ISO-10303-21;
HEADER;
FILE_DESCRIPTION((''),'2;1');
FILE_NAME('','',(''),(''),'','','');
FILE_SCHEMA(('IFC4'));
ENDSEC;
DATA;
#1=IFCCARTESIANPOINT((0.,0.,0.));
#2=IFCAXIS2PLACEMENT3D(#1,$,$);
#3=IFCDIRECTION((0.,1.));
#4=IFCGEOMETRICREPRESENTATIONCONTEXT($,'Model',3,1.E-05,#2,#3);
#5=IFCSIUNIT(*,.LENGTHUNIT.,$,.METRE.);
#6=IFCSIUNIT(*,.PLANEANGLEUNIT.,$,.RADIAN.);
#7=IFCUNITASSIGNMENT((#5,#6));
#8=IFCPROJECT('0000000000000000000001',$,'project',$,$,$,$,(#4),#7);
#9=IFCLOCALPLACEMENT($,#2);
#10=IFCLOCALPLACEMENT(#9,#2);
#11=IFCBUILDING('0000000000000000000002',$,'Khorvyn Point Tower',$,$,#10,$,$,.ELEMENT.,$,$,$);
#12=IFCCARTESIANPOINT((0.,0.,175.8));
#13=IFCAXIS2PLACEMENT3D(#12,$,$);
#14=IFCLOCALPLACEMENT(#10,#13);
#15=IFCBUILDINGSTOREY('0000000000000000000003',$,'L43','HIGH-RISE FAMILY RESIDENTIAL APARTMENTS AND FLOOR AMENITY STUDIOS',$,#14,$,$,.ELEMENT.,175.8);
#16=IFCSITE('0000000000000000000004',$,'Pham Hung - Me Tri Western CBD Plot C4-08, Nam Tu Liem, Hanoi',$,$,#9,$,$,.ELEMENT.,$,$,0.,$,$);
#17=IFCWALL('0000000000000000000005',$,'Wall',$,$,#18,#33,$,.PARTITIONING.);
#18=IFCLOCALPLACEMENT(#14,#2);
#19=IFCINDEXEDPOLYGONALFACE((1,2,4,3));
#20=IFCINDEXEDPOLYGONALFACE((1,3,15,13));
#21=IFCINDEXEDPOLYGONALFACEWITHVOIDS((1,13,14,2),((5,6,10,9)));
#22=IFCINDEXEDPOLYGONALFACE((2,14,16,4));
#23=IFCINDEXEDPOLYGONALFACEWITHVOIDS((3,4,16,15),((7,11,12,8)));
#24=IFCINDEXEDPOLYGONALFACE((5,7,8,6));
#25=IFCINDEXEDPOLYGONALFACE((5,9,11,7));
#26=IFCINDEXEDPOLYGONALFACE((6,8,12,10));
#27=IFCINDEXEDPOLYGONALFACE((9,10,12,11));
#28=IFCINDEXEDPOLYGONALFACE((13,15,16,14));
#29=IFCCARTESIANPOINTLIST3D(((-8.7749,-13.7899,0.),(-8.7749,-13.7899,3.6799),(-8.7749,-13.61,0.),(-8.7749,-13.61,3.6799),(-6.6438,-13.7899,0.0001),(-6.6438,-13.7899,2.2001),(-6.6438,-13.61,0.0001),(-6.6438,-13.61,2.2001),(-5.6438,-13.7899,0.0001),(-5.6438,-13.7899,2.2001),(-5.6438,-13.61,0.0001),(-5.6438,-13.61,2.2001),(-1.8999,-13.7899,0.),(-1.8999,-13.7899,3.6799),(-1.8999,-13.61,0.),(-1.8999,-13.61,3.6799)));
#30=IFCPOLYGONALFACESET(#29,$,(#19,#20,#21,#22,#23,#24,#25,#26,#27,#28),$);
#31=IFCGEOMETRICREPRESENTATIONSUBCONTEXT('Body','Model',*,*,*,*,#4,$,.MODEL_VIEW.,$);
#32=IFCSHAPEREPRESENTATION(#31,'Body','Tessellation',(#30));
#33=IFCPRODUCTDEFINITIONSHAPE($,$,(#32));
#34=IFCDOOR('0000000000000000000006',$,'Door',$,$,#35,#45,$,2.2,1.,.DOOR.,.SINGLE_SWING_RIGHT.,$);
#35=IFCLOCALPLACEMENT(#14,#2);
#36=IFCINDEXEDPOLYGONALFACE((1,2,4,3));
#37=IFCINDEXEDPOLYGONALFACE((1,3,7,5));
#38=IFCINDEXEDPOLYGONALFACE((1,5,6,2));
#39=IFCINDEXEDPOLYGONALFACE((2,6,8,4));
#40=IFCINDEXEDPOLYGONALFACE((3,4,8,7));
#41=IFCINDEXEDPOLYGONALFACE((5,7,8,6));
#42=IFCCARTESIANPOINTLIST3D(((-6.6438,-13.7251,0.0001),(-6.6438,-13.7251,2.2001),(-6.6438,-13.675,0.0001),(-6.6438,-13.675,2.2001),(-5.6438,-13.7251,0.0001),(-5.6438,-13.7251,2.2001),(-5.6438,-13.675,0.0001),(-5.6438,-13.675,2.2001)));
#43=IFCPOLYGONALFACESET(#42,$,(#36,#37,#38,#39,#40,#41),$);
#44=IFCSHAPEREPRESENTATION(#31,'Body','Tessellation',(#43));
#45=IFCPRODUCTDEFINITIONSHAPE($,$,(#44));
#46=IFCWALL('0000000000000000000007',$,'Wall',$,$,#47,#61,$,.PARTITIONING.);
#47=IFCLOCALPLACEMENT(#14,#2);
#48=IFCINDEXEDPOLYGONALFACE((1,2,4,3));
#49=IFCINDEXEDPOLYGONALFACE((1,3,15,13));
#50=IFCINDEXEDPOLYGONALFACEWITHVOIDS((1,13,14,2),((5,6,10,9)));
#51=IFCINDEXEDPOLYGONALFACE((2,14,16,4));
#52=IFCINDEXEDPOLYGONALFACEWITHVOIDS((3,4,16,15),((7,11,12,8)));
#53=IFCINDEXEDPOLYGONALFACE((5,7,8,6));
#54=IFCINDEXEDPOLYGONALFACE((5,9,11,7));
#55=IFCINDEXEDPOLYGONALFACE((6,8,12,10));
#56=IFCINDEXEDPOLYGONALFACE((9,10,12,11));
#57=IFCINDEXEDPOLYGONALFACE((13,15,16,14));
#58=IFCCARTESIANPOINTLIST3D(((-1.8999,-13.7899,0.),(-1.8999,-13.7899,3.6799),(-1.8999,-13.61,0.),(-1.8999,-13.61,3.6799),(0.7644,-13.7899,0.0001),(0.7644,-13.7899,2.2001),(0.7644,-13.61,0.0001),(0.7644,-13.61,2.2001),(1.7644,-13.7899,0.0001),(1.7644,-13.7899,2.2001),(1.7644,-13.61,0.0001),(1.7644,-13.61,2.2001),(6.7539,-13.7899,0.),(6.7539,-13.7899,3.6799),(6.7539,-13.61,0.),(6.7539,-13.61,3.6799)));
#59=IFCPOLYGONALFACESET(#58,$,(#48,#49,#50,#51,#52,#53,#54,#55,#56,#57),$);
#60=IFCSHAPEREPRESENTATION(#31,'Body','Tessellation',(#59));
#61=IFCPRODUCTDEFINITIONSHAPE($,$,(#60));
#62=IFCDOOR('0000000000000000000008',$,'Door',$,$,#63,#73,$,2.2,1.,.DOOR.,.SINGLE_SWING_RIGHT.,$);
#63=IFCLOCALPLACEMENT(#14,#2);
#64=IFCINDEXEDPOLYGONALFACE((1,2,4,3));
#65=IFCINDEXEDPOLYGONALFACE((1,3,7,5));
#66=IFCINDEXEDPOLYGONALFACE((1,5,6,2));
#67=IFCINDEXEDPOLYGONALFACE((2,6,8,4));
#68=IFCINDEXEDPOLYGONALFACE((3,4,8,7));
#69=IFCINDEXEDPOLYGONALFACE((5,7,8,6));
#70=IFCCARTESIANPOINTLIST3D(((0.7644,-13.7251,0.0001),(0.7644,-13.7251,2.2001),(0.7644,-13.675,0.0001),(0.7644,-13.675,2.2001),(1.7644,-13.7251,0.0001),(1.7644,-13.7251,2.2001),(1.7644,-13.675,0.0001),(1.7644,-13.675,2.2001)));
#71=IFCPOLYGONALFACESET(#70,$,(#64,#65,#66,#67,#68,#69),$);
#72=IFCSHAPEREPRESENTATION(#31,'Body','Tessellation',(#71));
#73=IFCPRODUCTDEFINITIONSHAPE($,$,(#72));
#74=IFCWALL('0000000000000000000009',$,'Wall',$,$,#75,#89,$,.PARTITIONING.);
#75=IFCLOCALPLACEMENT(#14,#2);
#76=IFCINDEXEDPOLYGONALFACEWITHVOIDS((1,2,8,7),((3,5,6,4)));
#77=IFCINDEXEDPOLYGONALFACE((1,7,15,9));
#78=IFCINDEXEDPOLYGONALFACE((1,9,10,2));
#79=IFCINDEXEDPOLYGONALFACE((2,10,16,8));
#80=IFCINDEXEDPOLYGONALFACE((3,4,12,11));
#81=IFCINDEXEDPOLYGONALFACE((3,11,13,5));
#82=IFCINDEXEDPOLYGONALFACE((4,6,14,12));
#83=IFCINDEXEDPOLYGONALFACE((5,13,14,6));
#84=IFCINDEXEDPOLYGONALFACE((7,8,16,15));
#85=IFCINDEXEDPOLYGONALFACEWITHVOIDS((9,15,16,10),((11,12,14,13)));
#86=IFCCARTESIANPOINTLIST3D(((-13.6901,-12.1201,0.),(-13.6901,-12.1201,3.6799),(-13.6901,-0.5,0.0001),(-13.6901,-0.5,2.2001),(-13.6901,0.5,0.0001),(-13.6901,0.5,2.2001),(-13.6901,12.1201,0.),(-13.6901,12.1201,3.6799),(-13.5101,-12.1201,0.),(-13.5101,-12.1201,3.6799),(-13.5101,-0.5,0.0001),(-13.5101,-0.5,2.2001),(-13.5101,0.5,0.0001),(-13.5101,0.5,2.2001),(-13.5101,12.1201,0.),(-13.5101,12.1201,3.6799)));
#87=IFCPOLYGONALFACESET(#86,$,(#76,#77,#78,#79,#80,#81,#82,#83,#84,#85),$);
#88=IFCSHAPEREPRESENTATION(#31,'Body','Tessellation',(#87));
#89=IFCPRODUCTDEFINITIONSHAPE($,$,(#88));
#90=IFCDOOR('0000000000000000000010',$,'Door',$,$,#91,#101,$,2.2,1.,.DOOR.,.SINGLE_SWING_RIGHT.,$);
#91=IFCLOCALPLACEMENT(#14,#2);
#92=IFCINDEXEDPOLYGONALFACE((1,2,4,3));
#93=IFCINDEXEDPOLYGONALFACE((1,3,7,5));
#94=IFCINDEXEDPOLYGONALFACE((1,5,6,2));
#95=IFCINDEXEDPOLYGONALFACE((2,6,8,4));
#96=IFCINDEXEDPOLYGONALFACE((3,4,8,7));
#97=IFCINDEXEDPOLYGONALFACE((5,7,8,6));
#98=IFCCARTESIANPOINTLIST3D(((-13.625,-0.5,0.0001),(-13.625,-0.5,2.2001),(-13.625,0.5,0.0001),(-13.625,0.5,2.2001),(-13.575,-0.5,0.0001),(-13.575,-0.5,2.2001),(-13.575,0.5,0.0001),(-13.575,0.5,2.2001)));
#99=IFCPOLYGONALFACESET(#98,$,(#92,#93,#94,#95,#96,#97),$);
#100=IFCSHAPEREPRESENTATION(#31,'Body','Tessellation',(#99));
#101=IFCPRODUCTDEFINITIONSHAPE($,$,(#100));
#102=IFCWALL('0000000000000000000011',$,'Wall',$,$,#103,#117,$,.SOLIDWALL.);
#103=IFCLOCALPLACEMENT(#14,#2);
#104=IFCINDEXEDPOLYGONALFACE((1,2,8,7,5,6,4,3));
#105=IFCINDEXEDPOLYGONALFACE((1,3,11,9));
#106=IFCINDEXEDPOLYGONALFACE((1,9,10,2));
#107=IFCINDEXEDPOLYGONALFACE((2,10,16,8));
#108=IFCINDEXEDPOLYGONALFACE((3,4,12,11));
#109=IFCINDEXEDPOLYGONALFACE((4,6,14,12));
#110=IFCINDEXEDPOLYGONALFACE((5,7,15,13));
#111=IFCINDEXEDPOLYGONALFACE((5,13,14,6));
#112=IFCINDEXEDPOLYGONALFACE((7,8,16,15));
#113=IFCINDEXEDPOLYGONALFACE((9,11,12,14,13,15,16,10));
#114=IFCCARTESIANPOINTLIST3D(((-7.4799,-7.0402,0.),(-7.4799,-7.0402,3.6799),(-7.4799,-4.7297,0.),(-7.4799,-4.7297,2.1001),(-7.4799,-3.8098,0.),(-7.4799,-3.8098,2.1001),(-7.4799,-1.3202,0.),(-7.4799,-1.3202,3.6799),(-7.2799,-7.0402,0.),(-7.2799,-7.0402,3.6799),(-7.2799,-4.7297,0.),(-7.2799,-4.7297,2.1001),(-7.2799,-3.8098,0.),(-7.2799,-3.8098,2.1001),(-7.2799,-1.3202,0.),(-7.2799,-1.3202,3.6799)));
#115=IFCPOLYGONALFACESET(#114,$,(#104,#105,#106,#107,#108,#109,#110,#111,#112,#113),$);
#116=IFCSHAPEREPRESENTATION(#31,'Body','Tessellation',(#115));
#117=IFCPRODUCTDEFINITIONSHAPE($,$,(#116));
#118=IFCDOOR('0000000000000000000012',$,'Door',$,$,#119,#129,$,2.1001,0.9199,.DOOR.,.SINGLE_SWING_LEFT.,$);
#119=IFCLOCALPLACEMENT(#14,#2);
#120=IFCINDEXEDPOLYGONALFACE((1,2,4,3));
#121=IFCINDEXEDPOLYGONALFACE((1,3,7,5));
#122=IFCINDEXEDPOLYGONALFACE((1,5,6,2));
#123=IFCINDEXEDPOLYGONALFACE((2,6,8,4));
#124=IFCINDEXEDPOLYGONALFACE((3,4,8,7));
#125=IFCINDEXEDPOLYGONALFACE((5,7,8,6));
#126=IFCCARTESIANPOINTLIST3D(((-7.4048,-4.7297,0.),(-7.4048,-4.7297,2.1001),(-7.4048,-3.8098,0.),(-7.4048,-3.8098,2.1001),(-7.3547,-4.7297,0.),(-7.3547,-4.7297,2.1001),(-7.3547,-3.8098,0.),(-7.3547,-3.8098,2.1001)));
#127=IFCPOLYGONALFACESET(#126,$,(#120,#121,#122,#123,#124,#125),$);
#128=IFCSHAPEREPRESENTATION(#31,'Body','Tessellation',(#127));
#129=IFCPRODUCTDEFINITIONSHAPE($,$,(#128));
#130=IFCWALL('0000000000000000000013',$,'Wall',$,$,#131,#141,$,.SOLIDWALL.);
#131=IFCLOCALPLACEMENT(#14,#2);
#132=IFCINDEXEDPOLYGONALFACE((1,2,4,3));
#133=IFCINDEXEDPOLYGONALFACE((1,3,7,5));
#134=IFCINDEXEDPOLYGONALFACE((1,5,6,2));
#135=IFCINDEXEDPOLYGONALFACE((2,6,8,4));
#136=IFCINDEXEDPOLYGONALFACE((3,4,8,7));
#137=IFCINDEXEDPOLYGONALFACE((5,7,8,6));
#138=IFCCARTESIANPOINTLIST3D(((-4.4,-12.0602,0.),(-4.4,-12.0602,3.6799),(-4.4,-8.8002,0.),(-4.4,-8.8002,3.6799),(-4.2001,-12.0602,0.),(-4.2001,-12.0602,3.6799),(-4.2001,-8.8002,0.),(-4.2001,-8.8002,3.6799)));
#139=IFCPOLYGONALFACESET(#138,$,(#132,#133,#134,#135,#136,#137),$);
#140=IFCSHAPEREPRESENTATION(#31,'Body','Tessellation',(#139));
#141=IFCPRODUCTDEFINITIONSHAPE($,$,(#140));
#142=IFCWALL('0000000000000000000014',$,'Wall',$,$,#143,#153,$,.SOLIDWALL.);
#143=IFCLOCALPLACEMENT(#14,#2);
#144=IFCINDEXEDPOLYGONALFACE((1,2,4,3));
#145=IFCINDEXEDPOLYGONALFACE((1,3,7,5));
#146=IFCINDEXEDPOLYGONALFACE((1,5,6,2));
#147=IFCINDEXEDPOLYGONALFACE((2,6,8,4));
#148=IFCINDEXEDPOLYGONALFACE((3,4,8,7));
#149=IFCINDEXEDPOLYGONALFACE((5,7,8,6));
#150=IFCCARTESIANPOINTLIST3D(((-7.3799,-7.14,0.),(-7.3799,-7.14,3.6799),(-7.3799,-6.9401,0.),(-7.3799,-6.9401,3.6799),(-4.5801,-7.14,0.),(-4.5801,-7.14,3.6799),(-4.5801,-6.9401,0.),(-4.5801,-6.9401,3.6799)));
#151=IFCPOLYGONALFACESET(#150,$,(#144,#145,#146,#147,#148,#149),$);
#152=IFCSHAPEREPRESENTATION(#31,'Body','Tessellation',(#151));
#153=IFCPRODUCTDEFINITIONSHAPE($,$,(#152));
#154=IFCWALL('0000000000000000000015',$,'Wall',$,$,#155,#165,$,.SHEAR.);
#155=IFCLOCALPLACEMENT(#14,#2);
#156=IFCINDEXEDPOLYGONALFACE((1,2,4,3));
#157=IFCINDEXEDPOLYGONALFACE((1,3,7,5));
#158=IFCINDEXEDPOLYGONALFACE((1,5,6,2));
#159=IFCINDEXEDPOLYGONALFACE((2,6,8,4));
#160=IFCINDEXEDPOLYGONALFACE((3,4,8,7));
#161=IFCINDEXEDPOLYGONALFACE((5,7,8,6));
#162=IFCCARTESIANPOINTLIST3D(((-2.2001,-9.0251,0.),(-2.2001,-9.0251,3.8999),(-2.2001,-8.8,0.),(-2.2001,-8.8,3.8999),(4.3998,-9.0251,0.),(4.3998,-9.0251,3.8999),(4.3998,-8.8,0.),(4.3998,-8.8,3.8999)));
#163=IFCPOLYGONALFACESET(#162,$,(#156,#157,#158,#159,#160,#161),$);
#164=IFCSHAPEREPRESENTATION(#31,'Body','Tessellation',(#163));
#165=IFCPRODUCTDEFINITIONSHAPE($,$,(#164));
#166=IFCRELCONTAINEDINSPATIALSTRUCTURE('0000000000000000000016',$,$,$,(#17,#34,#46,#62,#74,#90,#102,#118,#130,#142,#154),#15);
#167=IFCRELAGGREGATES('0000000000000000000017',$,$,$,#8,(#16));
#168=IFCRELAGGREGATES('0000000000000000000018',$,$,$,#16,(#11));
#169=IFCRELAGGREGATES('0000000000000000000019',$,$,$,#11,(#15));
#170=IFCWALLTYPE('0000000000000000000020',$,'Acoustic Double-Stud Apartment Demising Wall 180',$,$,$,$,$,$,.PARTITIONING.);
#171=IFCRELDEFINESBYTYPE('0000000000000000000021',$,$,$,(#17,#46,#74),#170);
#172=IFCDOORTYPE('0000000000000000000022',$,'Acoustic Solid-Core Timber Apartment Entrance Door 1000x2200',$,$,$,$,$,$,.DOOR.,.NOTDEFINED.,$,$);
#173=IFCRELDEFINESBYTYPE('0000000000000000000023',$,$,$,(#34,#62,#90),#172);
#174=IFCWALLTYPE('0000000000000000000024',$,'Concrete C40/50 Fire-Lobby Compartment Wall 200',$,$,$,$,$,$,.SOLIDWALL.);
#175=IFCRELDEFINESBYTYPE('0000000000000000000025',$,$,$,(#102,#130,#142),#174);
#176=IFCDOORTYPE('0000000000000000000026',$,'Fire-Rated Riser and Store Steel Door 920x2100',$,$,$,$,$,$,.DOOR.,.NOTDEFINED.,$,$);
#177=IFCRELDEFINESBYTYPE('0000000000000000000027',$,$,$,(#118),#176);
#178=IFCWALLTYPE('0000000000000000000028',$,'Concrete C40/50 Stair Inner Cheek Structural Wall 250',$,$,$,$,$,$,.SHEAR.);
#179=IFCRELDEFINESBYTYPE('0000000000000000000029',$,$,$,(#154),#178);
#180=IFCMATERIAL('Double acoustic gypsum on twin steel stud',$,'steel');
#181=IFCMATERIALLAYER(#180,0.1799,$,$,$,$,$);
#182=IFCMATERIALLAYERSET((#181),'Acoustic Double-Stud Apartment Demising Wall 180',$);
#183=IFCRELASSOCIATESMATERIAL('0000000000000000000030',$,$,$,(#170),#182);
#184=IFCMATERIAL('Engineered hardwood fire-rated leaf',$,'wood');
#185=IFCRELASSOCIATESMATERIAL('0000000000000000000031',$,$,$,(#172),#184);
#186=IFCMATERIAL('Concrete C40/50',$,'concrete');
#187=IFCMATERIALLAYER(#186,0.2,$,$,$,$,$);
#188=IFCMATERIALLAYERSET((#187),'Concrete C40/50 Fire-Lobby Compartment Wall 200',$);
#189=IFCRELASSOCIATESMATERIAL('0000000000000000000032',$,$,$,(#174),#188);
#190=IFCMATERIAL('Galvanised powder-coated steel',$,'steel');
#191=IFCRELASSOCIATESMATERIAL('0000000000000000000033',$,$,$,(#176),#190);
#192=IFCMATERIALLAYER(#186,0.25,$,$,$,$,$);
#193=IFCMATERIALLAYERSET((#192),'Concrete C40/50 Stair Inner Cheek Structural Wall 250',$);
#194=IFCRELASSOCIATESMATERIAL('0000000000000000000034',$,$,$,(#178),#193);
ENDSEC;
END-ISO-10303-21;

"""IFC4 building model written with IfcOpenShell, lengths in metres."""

from ifc_helpers import new_model, si_unit, direction, frame, frame_2d, origin, place, context, subcontext, project, spatial, rectangle, extrude, material, layer, layer_set, type_object, element, fill, save


model = new_model("IFC4")

# Units and contexts
model_context = context("Model", 3, precision=1e-05, world=origin(), true_north=direction((0.0, 1.0)))
body_context = subcontext(model_context, "Body", "Model", "MODEL_VIEW")
ifc_project = project(units=[si_unit("LENGTHUNIT", "METRE"), si_unit("PLANEANGLEUNIT", "RADIAN")], contexts=[model_context])

# Site, building, storey
site_placement = place(None, origin())
site = spatial("IfcSite", under=ifc_project, at=site_placement, Name="Pham Hung - Me Tri Western CBD Plot C4-08, Nam Tu Liem, Hanoi", CompositionType="ELEMENT", RefElevation=0.0)
building_placement = place(site_placement, origin())
building = spatial("IfcBuilding", under=site, at=building_placement, Name="Khorvyn Point Tower", CompositionType="ELEMENT")
storey_placement = place(building_placement, frame((0.0, 0.0, 175.8)))
storey = spatial("IfcBuildingStorey", under=building, at=storey_placement, Name="L43", Description="HIGH-RISE FAMILY RESIDENTIAL APARTMENTS AND FLOOR AMENITY STUDIOS", CompositionType="ELEMENT", Elevation=175.8)

# Walls, openings, doors
ifc_material_1 = material(Name="Double acoustic gypsum on twin steel stud", Category="steel")
ifc_layer_1 = layer(ifc_material_1, 0.1799)
ifc_layer_set_1 = layer_set([ifc_layer_1], Name="Acoustic Double-Stud Apartment Demising Wall 180")
wall_type_1 = type_object("IfcWallType", Name="Acoustic Double-Stud Apartment Demising Wall 180", PredefinedType="PARTITIONING", material=ifc_layer_set_1)
wall_1_placement = place(storey_placement, frame((-8.7749, -13.7, 0.0), z_axis=(0.0, 0.0, 1.0), x_axis=(1.0, 0.0, 0.0)))
wall_1 = element("IfcWall", 1, at=wall_1_placement, inside=storey, type_object=wall_type_1, Name="Wall", PredefinedType="PARTITIONING", context=body_context, shape_type="SweptSolid", body=[
    extrude(rectangle(XDim=6.875, YDim=0.1799, at=frame_2d((3.4375, 0.0))), origin(), (0.0, 0.0, 1.0), 3.6799),
])
opening_1_placement = place(wall_1_placement, frame((2.1311, 0.0, 0.0)))
opening_1 = element("IfcOpeningElement", 2, at=opening_1_placement, cuts=wall_1, PredefinedType="OPENING", context=body_context, shape_type="SweptSolid", body=[
    extrude(rectangle(XDim=1.0, YDim=2.2, at=frame_2d((0.5, 1.1001))), frame((0.0, 0.0999, 0.0), z_axis=(0.0, -1.0, 0.0), x_axis=(1.0, 0.0, 0.0)), (0.0, 0.0, 1.0), 0.2),
])
ifc_material_2 = material(Name="Engineered hardwood fire-rated leaf", Category="wood")
door_type_1 = type_object("IfcDoorType", Name="Acoustic Solid-Core Timber Apartment Entrance Door 1000x2200", OperationType="NOTDEFINED", PredefinedType="DOOR", material=ifc_material_2)
door_1_placement = place(opening_1_placement, origin())
door_1 = element("IfcDoor", 3, at=door_1_placement, inside=storey, type_object=door_type_1, Name="Door", OperationType="SINGLE_SWING_RIGHT", OverallHeight=2.2, OverallWidth=1.0, PredefinedType="DOOR", context=body_context, shape_type="SweptSolid", body=[
    extrude(rectangle(XDim=1.0, YDim=2.2, at=frame_2d((0.5, 1.1001))), frame((0.0, 0.0249, 0.0), z_axis=(0.0, -1.0, 0.0), x_axis=(1.0, 0.0, 0.0)), (0.0, 0.0, 1.0), 0.05),
])
fill(opening_1, door_1)
wall_2_placement = place(storey_placement, frame((-1.8999, -13.7, 0.0), z_axis=(0.0, 0.0, 1.0), x_axis=(1.0, 0.0, 0.0)))
wall_2 = element("IfcWall", 4, at=wall_2_placement, inside=storey, type_object=wall_type_1, Name="Wall", PredefinedType="PARTITIONING", context=body_context, shape_type="SweptSolid", body=[
    extrude(rectangle(XDim=8.6538, YDim=0.1799, at=frame_2d((4.3269, 0.0))), origin(), (0.0, 0.0, 1.0), 3.6799),
])
opening_2_placement = place(wall_2_placement, frame((2.6643, 0.0, 0.0)))
opening_2 = element("IfcOpeningElement", 5, at=opening_2_placement, cuts=wall_2, PredefinedType="OPENING", context=body_context, shape_type="SweptSolid", body=[
    extrude(rectangle(XDim=1.0, YDim=2.2, at=frame_2d((0.5, 1.1001))), frame((0.0, 0.0999, 0.0), z_axis=(0.0, -1.0, 0.0), x_axis=(1.0, 0.0, 0.0)), (0.0, 0.0, 1.0), 0.2),
])
door_2_placement = place(opening_2_placement, origin())
door_2 = element("IfcDoor", 6, at=door_2_placement, inside=storey, type_object=door_type_1, Name="Door", OperationType="SINGLE_SWING_RIGHT", OverallHeight=2.2, OverallWidth=1.0, PredefinedType="DOOR", context=body_context, shape_type="SweptSolid", body=[
    extrude(rectangle(XDim=1.0, YDim=2.2, at=frame_2d((0.5, 1.1001))), frame((0.0, 0.0249, 0.0), z_axis=(0.0, -1.0, 0.0), x_axis=(1.0, 0.0, 0.0)), (0.0, 0.0, 1.0), 0.05),
])
fill(opening_2, door_2)
wall_3_placement = place(storey_placement, frame((-13.6001, -12.1201, 0.0), z_axis=(0.0, 0.0, 1.0), x_axis=(0.0, 1.0, 0.0)))
wall_3 = element("IfcWall", 7, at=wall_3_placement, inside=storey, type_object=wall_type_1, Name="Wall", PredefinedType="PARTITIONING", context=body_context, shape_type="SweptSolid", body=[
    extrude(rectangle(XDim=24.2402, YDim=0.1799, at=frame_2d((12.1201, 0.0))), origin(), (0.0, 0.0, 1.0), 3.6799),
])
opening_3_placement = place(wall_3_placement, frame((11.6201, 0.0, 0.0)))
opening_3 = element("IfcOpeningElement", 8, at=opening_3_placement, cuts=wall_3, PredefinedType="OPENING", context=body_context, shape_type="SweptSolid", body=[
    extrude(rectangle(XDim=1.0, YDim=2.2, at=frame_2d((0.5, 1.1001))), frame((0.0, 0.0999, 0.0), z_axis=(0.0, -1.0, 0.0), x_axis=(1.0, 0.0, 0.0)), (0.0, 0.0, 1.0), 0.2),
])
door_3_placement = place(opening_3_placement, origin())
door_3 = element("IfcDoor", 9, at=door_3_placement, inside=storey, type_object=door_type_1, Name="Door", OperationType="SINGLE_SWING_RIGHT", OverallHeight=2.2, OverallWidth=1.0, PredefinedType="DOOR", context=body_context, shape_type="SweptSolid", body=[
    extrude(rectangle(XDim=1.0, YDim=2.2, at=frame_2d((0.5, 1.1001))), frame((0.0, 0.0249, 0.0), z_axis=(0.0, -1.0, 0.0), x_axis=(1.0, 0.0, 0.0)), (0.0, 0.0, 1.0), 0.05),
])
fill(opening_3, door_3)
ifc_material_3 = material(Name="Concrete C40/50", Category="concrete")
ifc_layer_2 = layer(ifc_material_3, 0.2)
ifc_layer_set_2 = layer_set([ifc_layer_2], Name="Concrete C40/50 Fire-Lobby Compartment Wall 200")
wall_type_2 = type_object("IfcWallType", Name="Concrete C40/50 Fire-Lobby Compartment Wall 200", PredefinedType="SOLIDWALL", material=ifc_layer_set_2)
ifc_material_4 = material(Name="Galvanised powder-coated steel", Category="steel")
wall_4_placement = place(storey_placement, frame((-7.3799, -7.04, 0.0), z_axis=(0.0, 0.0, 1.0), x_axis=(0.0, 1.0, 0.0)))
wall_4 = element("IfcWall", 10, at=wall_4_placement, inside=storey, type_object=wall_type_2, Name="Wall", PredefinedType="SOLIDWALL", context=body_context, shape_type="SweptSolid", body=[
    extrude(rectangle(XDim=5.72, YDim=0.2, at=frame_2d((2.8599, 0.0))), origin(), (0.0, 0.0, 1.0), 3.6799),
])
opening_4_placement = place(wall_4_placement, frame((2.3103, 0.0, 0.0)))
opening_4 = element("IfcOpeningElement", 11, at=opening_4_placement, cuts=wall_4, PredefinedType="OPENING", context=body_context, shape_type="SweptSolid", body=[
    extrude(rectangle(XDim=0.9199, YDim=2.1001, at=frame_2d((0.46, 1.05))), frame((0.0, 0.1099, 0.0), z_axis=(0.0, -1.0, 0.0), x_axis=(1.0, 0.0, 0.0)), (0.0, 0.0, 1.0), 0.22),
])
door_type_2 = type_object("IfcDoorType", Name="Fire-Rated Riser and Store Steel Door 920x2100", OperationType="NOTDEFINED", PredefinedType="DOOR", material=ifc_material_4)
door_4_placement = place(opening_4_placement, origin())
door_4 = element("IfcDoor", 12, at=door_4_placement, inside=storey, type_object=door_type_2, Name="Door", OperationType="SINGLE_SWING_LEFT", OverallHeight=2.1001, OverallWidth=0.9199, PredefinedType="DOOR", context=body_context, shape_type="SweptSolid", body=[
    extrude(rectangle(XDim=0.9199, YDim=2.1001, at=frame_2d((0.46, 1.05))), frame((0.0, 0.0249, 0.0), z_axis=(0.0, -1.0, 0.0), x_axis=(1.0, 0.0, 0.0)), (0.0, 0.0, 1.0), 0.05),
])
fill(opening_4, door_4)

# Walls
wall_5_placement = place(storey_placement, frame((-4.3, -12.0601, 0.0), z_axis=(0.0, 0.0, 1.0), x_axis=(0.0, 1.0, 0.0)))
element("IfcWall", 13, at=wall_5_placement, inside=storey, type_object=wall_type_2, Name="Wall", PredefinedType="SOLIDWALL", context=body_context, shape_type="SweptSolid", body=[
    extrude(rectangle(XDim=3.26, YDim=0.2, at=frame_2d((1.6299, 0.0))), origin(), (0.0, 0.0, 1.0), 3.6799),
])
wall_6_placement = place(storey_placement, frame((-7.3799, -7.04, 0.0), z_axis=(0.0, 0.0, 1.0), x_axis=(1.0, 0.0, 0.0)))
element("IfcWall", 14, at=wall_6_placement, inside=storey, type_object=wall_type_2, Name="Wall", PredefinedType="SOLIDWALL", context=body_context, shape_type="SweptSolid", body=[
    extrude(rectangle(XDim=2.7998, YDim=0.2, at=frame_2d((1.3999, 0.0))), origin(), (0.0, 0.0, 1.0), 3.6799),
])
ifc_layer_3 = layer(ifc_material_3, 0.25)
ifc_layer_set_3 = layer_set([ifc_layer_3], Name="Concrete C40/50 Stair Inner Cheek Structural Wall 250")
wall_type_3 = type_object("IfcWallType", Name="Concrete C40/50 Stair Inner Cheek Structural Wall 250", PredefinedType="SHEAR", material=ifc_layer_set_3)
wall_7_placement = place(storey_placement, frame((-2.2, -8.9126, 0.0), z_axis=(0.0, 0.0, 1.0), x_axis=(1.0, 0.0, 0.0)))
element("IfcWall", 15, at=wall_7_placement, inside=storey, type_object=wall_type_3, Name="Wall", PredefinedType="SHEAR", context=body_context, shape_type="SweptSolid", body=[
    extrude(rectangle(XDim=6.5999, YDim=0.2251, at=frame_2d((3.2998, 0.0))), origin(), (0.0, 0.0, 1.0), 3.8999),
])

save(model, "model.ifc")
